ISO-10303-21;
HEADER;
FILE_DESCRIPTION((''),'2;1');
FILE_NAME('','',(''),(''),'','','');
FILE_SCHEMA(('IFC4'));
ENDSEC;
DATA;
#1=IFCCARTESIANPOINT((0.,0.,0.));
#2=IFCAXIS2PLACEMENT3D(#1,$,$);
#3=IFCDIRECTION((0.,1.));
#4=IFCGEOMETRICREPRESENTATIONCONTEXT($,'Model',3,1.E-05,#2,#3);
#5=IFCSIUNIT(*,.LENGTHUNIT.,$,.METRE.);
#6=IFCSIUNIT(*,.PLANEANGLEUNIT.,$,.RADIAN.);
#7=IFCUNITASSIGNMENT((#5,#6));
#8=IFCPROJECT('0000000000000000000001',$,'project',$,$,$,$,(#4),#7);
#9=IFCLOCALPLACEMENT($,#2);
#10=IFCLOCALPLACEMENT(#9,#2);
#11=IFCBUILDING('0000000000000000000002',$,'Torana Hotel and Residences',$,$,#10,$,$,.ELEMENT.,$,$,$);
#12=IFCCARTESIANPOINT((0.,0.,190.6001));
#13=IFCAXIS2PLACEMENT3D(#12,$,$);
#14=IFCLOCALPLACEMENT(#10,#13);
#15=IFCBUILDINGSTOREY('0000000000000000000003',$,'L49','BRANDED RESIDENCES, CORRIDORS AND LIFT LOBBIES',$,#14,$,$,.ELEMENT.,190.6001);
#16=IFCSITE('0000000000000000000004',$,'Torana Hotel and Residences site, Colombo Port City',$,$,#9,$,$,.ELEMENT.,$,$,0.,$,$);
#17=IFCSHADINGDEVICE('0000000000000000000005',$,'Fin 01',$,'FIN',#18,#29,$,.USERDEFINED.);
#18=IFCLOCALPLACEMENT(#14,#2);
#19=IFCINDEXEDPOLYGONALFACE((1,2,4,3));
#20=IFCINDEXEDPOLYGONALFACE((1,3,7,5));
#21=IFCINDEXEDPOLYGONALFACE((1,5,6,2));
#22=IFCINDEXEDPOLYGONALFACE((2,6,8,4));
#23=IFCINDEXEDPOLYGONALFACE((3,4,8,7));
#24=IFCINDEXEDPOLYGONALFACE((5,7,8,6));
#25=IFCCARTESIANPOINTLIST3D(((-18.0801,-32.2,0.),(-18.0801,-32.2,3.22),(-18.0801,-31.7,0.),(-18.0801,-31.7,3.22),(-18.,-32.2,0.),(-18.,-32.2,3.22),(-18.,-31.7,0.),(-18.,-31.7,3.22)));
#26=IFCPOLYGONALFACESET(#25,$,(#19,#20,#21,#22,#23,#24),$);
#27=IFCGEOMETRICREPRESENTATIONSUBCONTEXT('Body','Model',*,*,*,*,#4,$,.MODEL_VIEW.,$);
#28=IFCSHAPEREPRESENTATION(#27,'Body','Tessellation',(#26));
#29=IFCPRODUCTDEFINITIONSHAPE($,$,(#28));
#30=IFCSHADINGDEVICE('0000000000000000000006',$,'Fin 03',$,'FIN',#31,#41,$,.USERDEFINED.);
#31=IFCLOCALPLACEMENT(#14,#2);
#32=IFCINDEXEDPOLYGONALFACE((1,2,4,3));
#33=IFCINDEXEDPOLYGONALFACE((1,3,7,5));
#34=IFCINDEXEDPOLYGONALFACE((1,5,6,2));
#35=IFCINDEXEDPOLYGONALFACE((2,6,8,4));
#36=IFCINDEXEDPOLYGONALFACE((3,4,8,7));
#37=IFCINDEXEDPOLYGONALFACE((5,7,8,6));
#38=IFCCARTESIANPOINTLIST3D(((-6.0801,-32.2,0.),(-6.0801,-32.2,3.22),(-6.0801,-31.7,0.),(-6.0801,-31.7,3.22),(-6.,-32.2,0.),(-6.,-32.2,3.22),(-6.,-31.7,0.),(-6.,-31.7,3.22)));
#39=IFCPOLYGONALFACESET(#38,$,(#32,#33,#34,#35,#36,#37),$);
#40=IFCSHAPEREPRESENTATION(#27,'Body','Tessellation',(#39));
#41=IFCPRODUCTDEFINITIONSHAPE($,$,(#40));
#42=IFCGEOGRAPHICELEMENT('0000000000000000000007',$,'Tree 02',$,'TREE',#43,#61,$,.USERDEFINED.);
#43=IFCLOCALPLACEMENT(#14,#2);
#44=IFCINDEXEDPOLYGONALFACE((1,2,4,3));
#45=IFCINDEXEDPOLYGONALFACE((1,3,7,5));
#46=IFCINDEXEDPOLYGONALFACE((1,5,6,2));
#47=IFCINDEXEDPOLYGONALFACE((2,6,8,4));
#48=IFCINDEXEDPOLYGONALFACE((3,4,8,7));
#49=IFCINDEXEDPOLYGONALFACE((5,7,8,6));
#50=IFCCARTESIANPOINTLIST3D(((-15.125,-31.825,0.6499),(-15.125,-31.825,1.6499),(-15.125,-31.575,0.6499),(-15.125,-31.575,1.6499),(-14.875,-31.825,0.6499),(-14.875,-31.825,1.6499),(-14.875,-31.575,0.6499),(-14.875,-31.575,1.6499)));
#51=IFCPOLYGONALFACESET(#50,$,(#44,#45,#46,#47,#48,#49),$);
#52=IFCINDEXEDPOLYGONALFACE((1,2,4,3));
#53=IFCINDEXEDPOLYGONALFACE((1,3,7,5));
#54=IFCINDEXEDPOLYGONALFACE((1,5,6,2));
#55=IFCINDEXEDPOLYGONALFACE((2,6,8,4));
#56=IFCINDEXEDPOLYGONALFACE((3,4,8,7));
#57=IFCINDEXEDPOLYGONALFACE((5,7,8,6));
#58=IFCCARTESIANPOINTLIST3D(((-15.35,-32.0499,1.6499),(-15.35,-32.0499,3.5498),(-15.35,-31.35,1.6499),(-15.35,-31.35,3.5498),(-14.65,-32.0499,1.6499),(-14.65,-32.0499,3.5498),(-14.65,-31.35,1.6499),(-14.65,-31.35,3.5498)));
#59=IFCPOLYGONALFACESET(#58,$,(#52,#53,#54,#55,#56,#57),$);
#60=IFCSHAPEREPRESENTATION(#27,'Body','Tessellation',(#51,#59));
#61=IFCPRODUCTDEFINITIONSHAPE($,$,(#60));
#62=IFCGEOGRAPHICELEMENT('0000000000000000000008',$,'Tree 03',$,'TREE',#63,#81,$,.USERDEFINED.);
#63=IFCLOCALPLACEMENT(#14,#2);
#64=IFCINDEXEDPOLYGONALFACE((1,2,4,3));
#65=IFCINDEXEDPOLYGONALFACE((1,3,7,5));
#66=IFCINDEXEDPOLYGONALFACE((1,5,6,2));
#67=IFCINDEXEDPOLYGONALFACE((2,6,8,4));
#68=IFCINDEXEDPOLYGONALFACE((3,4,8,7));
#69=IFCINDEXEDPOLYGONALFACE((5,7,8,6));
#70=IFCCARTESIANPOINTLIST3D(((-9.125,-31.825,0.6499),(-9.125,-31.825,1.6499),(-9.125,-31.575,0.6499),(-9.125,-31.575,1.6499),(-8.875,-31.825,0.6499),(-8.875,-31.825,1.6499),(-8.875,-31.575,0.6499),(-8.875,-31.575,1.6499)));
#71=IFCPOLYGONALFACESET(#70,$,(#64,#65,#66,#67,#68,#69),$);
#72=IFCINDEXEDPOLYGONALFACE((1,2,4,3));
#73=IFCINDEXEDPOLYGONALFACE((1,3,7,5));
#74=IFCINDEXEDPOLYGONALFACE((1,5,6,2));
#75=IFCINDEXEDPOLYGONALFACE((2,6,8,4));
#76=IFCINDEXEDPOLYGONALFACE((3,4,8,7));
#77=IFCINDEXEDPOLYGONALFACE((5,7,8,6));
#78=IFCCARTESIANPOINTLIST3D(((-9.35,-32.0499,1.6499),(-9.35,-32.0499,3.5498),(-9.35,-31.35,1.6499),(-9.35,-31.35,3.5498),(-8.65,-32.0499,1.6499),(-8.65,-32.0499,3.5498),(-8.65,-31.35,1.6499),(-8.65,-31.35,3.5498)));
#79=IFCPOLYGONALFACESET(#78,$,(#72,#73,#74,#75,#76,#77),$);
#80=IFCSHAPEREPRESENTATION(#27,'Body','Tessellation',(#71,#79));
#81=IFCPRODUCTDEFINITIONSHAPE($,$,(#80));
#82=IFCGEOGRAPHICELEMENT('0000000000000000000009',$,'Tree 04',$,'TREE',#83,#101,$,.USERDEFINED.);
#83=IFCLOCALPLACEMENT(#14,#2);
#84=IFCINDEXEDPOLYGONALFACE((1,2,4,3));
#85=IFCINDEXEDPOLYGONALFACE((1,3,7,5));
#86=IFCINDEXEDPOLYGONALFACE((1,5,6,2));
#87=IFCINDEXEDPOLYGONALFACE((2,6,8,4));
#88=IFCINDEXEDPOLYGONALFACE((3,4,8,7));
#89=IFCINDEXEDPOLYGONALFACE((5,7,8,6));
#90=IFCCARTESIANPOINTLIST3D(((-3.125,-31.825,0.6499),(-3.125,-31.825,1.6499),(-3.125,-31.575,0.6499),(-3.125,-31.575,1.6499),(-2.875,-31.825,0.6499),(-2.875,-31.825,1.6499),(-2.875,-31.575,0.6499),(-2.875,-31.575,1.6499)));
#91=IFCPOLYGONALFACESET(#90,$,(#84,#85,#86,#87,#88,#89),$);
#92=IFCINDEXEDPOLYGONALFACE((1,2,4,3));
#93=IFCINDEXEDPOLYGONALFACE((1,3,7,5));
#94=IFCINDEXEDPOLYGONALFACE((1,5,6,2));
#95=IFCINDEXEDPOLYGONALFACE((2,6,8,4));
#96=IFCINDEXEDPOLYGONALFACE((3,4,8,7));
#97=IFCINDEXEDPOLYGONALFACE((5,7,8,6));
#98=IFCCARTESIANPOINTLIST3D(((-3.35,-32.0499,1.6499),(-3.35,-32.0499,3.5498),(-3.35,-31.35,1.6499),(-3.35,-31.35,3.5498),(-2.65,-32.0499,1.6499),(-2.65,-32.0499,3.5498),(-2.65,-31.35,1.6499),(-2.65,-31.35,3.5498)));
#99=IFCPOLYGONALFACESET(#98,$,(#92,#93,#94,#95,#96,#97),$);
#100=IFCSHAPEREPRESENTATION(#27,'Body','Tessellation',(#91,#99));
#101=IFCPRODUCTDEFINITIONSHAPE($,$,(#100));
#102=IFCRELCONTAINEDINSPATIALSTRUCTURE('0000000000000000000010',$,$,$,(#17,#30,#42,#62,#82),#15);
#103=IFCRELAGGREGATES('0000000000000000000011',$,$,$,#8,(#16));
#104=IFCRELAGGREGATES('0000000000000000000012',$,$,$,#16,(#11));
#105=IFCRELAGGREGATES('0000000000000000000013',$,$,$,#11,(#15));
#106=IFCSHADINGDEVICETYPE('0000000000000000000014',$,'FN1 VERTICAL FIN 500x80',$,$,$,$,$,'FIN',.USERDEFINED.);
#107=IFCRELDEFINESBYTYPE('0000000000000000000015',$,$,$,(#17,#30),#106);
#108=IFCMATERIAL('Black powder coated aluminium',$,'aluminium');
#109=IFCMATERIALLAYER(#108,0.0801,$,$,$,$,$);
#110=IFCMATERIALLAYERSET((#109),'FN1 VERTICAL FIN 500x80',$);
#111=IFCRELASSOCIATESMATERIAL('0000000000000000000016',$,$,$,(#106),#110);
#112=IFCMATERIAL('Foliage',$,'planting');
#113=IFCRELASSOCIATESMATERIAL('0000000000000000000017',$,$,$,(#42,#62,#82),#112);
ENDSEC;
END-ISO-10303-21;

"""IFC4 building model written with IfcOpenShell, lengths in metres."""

from ifc_helpers import new_model, si_unit, direction, frame, origin, origin_2d, place, context, subcontext, project, spatial, rectangle, extrude, material, layer, layer_set, type_object, element, save


model = new_model("IFC4")

# Units and contexts
model_context = context("Model", 3, precision=1e-05, world=origin(), true_north=direction((0.0, 1.0)))
body_context = subcontext(model_context, "Body", "Model", "MODEL_VIEW")
ifc_project = project(units=[si_unit("LENGTHUNIT", "METRE"), si_unit("PLANEANGLEUNIT", "RADIAN")], contexts=[model_context])

# Site, building, storey
site_placement = place(None, origin())
site = spatial("IfcSite", under=ifc_project, at=site_placement, Name="Torana Hotel and Residences site, Colombo Port City", CompositionType="ELEMENT", RefElevation=0.0)
building_placement = place(site_placement, origin())
building = spatial("IfcBuilding", under=site, at=building_placement, Name="Torana Hotel and Residences", CompositionType="ELEMENT")
storey_placement = place(building_placement, frame((0.0, 0.0, 190.6001)))
storey = spatial("IfcBuildingStorey", under=building, at=storey_placement, Name="L49", Description="BRANDED RESIDENCES, CORRIDORS AND LIFT LOBBIES", CompositionType="ELEMENT", Elevation=190.6001)

# Shading devices
ifc_material_1 = material(Name="Black powder coated aluminium", Category="aluminium")
ifc_layer_1 = layer(ifc_material_1, 0.0801)
ifc_layer_set_1 = layer_set([ifc_layer_1], Name="FN1 VERTICAL FIN 500x80")
shading_device_type = type_object("IfcShadingDeviceType", Name="FN1 VERTICAL FIN 500x80", ElementType="FIN", PredefinedType="USERDEFINED", material=ifc_layer_set_1)
for number, where, z_axis, x_axis, name in (
    (1, (-18.04, -31.95, 0.0), (0.0, 0.0, 1.0), (-1.0, 0.0, 0.0), "Fin 01"),
    (2, (-6.04, -31.95, 0.0), (0.0, 0.0, 1.0), (-1.0, 0.0, 0.0), "Fin 03"),
):
    element("IfcShadingDevice", number, at=place(storey_placement, frame(where, z_axis=z_axis, x_axis=x_axis)), inside=storey, type_object=shading_device_type, Name=name, ObjectType="FIN", PredefinedType="USERDEFINED", context=body_context, shape_type="SweptSolid", body=[
        extrude(rectangle(XDim=0.0801, YDim=0.5, at=origin_2d()), origin(), (0.0, 0.0, 1.0), 3.22),
    ])

# Geographic elements
ifc_material_2 = material(Name="Foliage", Category="planting")
for number, where, z_axis, x_axis, name in (
    (3, (-15.0, -31.7, 0.6499), (0.0, 0.0, 1.0), (1.0, 0.0, 0.0), "Tree 02"),
    (4, (-9.0, -31.7, 0.6499), (0.0, 0.0, 1.0), (1.0, 0.0, 0.0), "Tree 03"),
    (5, (-3.0, -31.7, 0.6499), (0.0, 0.0, 1.0), (1.0, 0.0, 0.0), "Tree 04"),
):
    element("IfcGeographicElement", number, at=place(storey_placement, frame(where, z_axis=z_axis, x_axis=x_axis)), inside=storey, material=ifc_material_2, Name=name, ObjectType="TREE", PredefinedType="USERDEFINED", context=body_context, shape_type="SweptSolid", body=[
        extrude(rectangle(XDim=0.25, YDim=0.25, at=origin_2d()), origin(), (0.0, 0.0, 1.0), 1.0),
        extrude(rectangle(XDim=0.7, YDim=0.7, at=origin_2d()), frame((0.0, 0.0, 1.0)), (0.0, 0.0, 1.0), 1.8999),
    ])

save(model, "model.ifc")
